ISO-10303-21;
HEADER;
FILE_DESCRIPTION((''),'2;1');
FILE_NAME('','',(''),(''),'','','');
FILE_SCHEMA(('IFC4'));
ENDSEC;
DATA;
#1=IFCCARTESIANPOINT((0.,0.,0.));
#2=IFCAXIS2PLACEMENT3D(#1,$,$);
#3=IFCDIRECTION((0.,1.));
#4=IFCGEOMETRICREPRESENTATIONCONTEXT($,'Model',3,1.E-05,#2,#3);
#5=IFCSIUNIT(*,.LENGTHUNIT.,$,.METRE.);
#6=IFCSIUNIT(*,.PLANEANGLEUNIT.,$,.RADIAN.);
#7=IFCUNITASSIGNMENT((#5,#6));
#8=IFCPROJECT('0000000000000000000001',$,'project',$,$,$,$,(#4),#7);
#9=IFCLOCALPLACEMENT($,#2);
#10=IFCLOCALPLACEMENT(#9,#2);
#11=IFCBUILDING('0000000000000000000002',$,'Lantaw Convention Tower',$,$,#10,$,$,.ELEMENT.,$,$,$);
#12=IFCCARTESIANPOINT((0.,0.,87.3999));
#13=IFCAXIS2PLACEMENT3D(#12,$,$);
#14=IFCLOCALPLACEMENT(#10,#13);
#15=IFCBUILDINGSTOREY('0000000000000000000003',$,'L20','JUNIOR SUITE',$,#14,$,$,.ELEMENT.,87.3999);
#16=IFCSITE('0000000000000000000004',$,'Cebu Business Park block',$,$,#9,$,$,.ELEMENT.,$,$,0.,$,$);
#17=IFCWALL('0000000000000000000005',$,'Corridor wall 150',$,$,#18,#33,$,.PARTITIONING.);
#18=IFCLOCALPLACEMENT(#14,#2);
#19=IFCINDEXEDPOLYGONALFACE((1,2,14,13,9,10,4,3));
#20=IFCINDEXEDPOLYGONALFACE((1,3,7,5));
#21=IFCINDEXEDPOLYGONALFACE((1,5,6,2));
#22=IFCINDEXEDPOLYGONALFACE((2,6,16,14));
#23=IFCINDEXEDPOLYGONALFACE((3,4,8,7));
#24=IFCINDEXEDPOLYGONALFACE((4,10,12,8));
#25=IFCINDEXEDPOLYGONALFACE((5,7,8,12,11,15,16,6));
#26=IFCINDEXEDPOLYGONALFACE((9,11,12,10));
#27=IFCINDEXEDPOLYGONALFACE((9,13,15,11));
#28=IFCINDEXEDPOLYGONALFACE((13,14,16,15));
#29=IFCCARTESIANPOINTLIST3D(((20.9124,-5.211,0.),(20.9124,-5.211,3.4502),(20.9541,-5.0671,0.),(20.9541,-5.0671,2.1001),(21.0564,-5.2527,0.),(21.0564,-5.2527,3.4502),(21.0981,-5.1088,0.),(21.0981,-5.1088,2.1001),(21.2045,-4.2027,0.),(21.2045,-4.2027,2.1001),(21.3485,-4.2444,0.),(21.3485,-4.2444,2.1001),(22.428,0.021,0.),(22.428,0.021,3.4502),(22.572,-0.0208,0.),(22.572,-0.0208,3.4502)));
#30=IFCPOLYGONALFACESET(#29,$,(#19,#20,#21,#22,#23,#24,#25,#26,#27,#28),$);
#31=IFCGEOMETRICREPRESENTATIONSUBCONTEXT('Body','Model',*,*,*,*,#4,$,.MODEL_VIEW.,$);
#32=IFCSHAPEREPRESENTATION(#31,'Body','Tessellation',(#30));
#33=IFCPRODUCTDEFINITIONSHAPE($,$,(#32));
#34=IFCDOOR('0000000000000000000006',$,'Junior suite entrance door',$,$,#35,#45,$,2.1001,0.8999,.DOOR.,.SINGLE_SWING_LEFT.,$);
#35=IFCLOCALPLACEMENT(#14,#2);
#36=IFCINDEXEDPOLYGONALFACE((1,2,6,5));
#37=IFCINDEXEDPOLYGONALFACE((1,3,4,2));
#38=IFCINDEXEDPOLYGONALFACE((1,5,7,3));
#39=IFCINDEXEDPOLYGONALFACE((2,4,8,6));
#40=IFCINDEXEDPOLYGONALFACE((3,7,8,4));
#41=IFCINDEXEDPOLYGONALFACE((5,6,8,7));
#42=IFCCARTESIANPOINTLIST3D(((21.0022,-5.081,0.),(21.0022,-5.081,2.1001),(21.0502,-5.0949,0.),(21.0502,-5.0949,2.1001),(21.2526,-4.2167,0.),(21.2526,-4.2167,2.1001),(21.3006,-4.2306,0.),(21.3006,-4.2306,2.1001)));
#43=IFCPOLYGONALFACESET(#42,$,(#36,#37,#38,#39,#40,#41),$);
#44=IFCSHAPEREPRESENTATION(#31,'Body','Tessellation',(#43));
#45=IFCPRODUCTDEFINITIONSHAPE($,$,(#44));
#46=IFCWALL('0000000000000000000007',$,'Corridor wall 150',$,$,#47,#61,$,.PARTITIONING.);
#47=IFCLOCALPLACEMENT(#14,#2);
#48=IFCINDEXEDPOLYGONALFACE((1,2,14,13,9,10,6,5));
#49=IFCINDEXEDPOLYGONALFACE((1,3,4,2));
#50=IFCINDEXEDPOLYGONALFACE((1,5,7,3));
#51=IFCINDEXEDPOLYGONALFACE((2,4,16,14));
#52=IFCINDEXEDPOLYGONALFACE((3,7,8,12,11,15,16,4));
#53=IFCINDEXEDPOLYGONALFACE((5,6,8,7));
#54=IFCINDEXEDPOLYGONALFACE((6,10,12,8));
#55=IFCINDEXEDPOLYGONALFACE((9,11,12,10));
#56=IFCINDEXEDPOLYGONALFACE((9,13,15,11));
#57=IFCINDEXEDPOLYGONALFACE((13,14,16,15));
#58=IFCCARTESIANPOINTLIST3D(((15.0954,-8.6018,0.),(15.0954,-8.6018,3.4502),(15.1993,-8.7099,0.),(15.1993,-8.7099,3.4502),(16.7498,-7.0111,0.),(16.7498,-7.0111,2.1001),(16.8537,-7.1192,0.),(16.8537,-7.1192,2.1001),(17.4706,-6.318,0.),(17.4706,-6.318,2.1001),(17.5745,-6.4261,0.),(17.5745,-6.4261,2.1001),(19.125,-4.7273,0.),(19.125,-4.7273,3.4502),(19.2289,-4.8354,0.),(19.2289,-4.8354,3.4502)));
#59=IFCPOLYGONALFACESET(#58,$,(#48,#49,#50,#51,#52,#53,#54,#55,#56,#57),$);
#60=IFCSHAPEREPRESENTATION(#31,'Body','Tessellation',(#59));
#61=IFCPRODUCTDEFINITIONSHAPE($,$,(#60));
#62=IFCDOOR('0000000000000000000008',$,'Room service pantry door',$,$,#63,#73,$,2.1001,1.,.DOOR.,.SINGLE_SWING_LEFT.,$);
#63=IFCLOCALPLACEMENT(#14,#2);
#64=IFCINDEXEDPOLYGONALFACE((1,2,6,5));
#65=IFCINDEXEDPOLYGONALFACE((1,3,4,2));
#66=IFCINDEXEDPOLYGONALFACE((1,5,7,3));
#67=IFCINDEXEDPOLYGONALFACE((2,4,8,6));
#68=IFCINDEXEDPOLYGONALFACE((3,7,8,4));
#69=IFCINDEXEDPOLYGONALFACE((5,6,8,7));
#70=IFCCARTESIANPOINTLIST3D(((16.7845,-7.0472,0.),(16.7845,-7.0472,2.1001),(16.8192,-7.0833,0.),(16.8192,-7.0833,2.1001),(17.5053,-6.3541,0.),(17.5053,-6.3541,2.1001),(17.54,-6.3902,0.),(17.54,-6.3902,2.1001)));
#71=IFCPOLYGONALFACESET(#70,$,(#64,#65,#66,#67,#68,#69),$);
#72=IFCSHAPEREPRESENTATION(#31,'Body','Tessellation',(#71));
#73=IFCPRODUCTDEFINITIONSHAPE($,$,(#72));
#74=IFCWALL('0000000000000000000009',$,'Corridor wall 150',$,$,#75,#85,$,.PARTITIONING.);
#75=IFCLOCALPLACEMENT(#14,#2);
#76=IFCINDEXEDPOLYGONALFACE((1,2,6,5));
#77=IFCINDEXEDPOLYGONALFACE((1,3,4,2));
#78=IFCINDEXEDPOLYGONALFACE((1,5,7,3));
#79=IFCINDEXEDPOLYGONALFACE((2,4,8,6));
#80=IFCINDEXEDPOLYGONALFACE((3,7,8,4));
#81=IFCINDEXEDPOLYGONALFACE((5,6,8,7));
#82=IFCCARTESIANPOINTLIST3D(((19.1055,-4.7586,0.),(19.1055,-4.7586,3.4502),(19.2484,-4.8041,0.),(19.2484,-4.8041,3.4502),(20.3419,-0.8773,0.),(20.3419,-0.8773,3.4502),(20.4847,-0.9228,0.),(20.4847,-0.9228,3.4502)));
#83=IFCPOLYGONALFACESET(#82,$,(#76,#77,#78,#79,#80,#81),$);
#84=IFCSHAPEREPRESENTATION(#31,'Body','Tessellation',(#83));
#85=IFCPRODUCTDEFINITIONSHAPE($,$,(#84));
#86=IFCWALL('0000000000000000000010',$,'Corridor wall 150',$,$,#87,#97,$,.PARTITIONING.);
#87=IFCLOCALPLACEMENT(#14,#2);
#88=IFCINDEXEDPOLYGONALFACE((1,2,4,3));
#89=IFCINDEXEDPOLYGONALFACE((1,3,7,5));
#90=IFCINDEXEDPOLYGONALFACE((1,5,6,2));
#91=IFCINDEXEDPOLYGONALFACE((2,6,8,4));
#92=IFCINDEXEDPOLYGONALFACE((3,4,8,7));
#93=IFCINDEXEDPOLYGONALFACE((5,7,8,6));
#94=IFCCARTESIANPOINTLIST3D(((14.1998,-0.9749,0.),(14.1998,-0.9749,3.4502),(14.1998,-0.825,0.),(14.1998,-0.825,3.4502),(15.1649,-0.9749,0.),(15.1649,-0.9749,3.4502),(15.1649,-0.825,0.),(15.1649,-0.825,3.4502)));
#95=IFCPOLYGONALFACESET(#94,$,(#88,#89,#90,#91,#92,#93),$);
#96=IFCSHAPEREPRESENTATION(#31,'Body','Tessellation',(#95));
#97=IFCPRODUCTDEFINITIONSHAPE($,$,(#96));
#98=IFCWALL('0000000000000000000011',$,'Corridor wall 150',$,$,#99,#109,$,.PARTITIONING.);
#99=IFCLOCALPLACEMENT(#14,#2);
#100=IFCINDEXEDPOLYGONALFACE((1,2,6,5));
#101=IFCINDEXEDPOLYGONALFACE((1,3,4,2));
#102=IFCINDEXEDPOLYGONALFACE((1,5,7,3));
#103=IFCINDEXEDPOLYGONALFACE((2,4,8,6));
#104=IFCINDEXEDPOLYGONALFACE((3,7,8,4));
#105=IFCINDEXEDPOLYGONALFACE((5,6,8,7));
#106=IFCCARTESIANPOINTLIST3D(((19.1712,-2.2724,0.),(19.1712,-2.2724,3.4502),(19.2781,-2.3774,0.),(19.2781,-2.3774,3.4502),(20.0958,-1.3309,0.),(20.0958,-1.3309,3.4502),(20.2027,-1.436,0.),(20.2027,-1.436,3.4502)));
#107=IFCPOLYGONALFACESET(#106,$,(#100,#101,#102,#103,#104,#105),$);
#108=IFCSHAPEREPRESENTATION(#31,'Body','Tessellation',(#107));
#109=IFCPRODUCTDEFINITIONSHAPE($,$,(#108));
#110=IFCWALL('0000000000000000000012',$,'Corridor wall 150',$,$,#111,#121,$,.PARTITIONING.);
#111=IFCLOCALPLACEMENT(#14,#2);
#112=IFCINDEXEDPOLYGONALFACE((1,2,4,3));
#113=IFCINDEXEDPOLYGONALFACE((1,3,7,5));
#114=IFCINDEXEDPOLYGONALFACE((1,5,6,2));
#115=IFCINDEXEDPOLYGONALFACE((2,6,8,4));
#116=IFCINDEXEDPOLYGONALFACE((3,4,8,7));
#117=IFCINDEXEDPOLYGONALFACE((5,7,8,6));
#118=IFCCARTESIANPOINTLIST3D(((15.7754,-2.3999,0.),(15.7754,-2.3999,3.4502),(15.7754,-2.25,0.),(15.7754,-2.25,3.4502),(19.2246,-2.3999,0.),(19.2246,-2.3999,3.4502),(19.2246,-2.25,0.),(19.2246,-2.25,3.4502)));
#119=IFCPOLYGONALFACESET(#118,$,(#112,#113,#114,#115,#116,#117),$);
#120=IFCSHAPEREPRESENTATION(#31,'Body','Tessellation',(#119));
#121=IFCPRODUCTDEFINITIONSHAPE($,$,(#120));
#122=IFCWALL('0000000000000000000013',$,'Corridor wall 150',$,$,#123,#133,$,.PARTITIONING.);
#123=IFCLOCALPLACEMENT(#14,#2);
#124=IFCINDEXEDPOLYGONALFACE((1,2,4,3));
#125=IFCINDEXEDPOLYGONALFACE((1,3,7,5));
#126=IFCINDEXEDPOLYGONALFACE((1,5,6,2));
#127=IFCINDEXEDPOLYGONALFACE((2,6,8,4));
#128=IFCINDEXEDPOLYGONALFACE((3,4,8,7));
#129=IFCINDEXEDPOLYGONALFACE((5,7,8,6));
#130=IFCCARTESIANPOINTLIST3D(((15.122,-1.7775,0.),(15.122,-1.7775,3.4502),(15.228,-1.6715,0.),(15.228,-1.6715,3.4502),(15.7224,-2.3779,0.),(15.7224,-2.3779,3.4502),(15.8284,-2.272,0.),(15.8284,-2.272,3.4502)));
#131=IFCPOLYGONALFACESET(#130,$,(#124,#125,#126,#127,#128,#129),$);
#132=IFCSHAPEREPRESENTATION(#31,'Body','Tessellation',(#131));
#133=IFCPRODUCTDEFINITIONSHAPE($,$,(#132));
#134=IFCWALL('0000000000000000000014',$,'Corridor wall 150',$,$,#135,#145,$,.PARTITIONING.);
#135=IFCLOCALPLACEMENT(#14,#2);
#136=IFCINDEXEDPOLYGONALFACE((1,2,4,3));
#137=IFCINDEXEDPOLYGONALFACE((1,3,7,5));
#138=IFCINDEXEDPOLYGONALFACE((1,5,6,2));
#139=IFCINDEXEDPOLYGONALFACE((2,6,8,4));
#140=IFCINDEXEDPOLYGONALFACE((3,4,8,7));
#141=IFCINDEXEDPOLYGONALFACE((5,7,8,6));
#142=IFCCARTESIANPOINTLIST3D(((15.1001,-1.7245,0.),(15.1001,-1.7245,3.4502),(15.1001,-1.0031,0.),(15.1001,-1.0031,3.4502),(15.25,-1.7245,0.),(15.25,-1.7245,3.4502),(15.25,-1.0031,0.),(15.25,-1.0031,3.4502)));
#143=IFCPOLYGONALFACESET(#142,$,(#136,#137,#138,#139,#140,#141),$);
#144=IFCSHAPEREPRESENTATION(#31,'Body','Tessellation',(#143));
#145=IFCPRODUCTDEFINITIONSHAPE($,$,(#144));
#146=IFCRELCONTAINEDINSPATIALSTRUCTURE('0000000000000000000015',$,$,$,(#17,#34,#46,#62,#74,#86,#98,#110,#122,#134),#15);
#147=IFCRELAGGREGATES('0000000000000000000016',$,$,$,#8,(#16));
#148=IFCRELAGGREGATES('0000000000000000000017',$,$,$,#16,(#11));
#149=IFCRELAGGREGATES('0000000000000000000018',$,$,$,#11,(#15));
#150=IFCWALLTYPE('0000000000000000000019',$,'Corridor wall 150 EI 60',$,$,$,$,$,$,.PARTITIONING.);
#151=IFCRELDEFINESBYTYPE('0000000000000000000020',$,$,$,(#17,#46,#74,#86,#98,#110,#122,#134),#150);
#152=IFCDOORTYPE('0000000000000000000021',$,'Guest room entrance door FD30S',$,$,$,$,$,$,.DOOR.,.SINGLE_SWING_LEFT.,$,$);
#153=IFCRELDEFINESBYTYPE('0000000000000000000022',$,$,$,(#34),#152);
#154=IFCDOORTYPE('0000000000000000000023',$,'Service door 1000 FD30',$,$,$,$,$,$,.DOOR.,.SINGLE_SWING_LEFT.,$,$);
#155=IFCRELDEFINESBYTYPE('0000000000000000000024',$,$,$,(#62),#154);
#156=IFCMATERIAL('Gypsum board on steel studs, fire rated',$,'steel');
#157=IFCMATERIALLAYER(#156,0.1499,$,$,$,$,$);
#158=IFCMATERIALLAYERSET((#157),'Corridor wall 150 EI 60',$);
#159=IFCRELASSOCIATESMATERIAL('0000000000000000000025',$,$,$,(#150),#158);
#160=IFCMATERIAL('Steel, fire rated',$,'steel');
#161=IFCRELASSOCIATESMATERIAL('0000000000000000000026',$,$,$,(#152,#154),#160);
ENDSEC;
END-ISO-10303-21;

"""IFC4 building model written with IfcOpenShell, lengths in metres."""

from ifc_helpers import new_model, si_unit, direction, frame, frame_2d, origin, place, context, subcontext, project, spatial, rectangle, extrude, material, layer, layer_set, type_object, element, fill, save


model = new_model("IFC4")

# Units and contexts
model_context = context("Model", 3, precision=1e-05, world=origin(), true_north=direction((0.0, 1.0)))
body_context = subcontext(model_context, "Body", "Model", "MODEL_VIEW")
ifc_project = project(units=[si_unit("LENGTHUNIT", "METRE"), si_unit("PLANEANGLEUNIT", "RADIAN")], contexts=[model_context])

# Site, building, storey
site_placement = place(None, origin())
site = spatial("IfcSite", under=ifc_project, at=site_placement, Name="Cebu Business Park block", CompositionType="ELEMENT", RefElevation=0.0)
building_placement = place(site_placement, origin())
building = spatial("IfcBuilding", under=site, at=building_placement, Name="Lantaw Convention Tower", CompositionType="ELEMENT")
storey_placement = place(building_placement, frame((0.0, 0.0, 87.3999)))
storey = spatial("IfcBuildingStorey", under=building, at=storey_placement, Name="L20", Description="JUNIOR SUITE", CompositionType="ELEMENT", Elevation=87.3999)

# Shared definitions
ifc_material_1 = material(Name="Gypsum board on steel studs, fire rated", Category="steel")
ifc_layer_1 = layer(ifc_material_1, 0.1499)
ifc_layer_set_1 = layer_set([ifc_layer_1], Name="Corridor wall 150 EI 60")
wall_type_1 = type_object("IfcWallType", Name="Corridor wall 150 EI 60", PredefinedType="PARTITIONING", material=ifc_layer_set_1)

# Walls, openings, doors
wall_1_placement = place(storey_placement, frame((20.9844, -5.2319, 0.0), z_axis=(0.0, 0.0, 1.0), x_axis=(0.278247, 0.960509, 0.0)))
wall_1 = element("IfcWall", 1, at=wall_1_placement, inside=storey, type_object=wall_type_1, Name="Corridor wall 150", PredefinedType="PARTITIONING", context=body_context, shape_type="SweptSolid", body=[
    extrude(rectangle(XDim=5.447, YDim=0.1499, at=frame_2d((2.7236, 0.0))), origin(), (0.0, 0.0, 1.0), 3.4502),
])
opening_1_placement = place(wall_1_placement, frame((0.1499, 0.0, 0.0)))
opening_1 = element("IfcOpeningElement", 2, at=opening_1_placement, cuts=wall_1, PredefinedType="OPENING", context=body_context, shape_type="SweptSolid", body=[
    extrude(rectangle(XDim=0.8999, YDim=2.1001, at=frame_2d((0.45, 1.05))), frame((0.0, 0.085, 0.0), z_axis=(0.0, -1.0, 0.0), x_axis=(1.0, 0.0, 0.0)), (0.0, 0.0, 1.0), 0.1699),
])
ifc_material_2 = material(Name="Steel, fire rated", Category="steel")
door_type_1 = type_object("IfcDoorType", Name="Guest room entrance door FD30S", OperationType="SINGLE_SWING_LEFT", PredefinedType="DOOR", material=ifc_material_2)
door_1_placement = place(opening_1_placement, origin())
door_1 = element("IfcDoor", 3, at=door_1_placement, inside=storey, type_object=door_type_1, Name="Junior suite entrance door", OperationType="SINGLE_SWING_LEFT", OverallHeight=2.1001, OverallWidth=0.8999, PredefinedType="DOOR", context=body_context, shape_type="SweptSolid", body=[
    extrude(rectangle(XDim=0.8999, YDim=2.1001, at=frame_2d((0.45, 1.05))), frame((0.0, 0.0249, 0.0), z_axis=(0.0, -1.0, 0.0), x_axis=(1.0, 0.0, 0.0)), (0.0, 0.0, 1.0), 0.05),
])
fill(opening_1, door_1)
wall_2_placement = place(storey_placement, frame((15.1475, -8.6558, 0.0), z_axis=(0.0, 0.0, 1.0), x_axis=(0.720837, 0.693104, 0.0)))
wall_2 = element("IfcWall", 4, at=wall_2_placement, inside=storey, type_object=wall_type_1, Name="Corridor wall 150", PredefinedType="PARTITIONING", context=body_context, shape_type="SweptSolid", body=[
    extrude(rectangle(XDim=5.5901, YDim=0.1499, at=frame_2d((2.7949, 0.0))), origin(), (0.0, 0.0, 1.0), 3.4502),
])
opening_2_placement = place(wall_2_placement, frame((2.2949, 0.0, 0.0)))
opening_2 = element("IfcOpeningElement", 5, at=opening_2_placement, cuts=wall_2, PredefinedType="OPENING", context=body_context, shape_type="SweptSolid", body=[
    extrude(rectangle(XDim=1.0, YDim=2.1001, at=frame_2d((0.5, 1.05))), frame((0.0, 0.085, 0.0), z_axis=(0.0, -1.0, 0.0), x_axis=(1.0, 0.0, 0.0)), (0.0, 0.0, 1.0), 0.1699),
])
door_type_2 = type_object("IfcDoorType", Name="Service door 1000 FD30", OperationType="SINGLE_SWING_LEFT", PredefinedType="DOOR", material=ifc_material_2)
door_2_placement = place(opening_2_placement, origin())
door_2 = element("IfcDoor", 6, at=door_2_placement, inside=storey, type_object=door_type_2, Name="Room service pantry door", OperationType="SINGLE_SWING_LEFT", OverallHeight=2.1001, OverallWidth=1.0, PredefinedType="DOOR", context=body_context, shape_type="SweptSolid", body=[
    extrude(rectangle(XDim=1.0, YDim=2.1001, at=frame_2d((0.5, 1.05))), frame((0.0, 0.0249, 0.0), z_axis=(0.0, -1.0, 0.0), x_axis=(1.0, 0.0, 0.0)), (0.0, 0.0, 1.0), 0.05),
])
fill(opening_2, door_2)

# Walls
wall_3_placement = place(storey_placement, frame((19.177, -4.7812, 0.0), z_axis=(0.0, 0.0, 1.0), x_axis=(0.303505, 0.95283, 0.0)))
element("IfcWall", 7, at=wall_3_placement, inside=storey, type_object=wall_type_1, Name="Corridor wall 150", PredefinedType="PARTITIONING", context=body_context, shape_type="SweptSolid", body=[
    extrude(rectangle(XDim=4.0735, YDim=0.1499, at=frame_2d((2.0366, 0.0))), origin(), (0.0, 0.0, 1.0), 3.4502),
])
wall_4_placement = place(storey_placement, frame((14.2, -0.8999, 0.0), z_axis=(0.0, 0.0, 1.0), x_axis=(1.0, 0.0, 0.0)))
element("IfcWall", 8, at=wall_4_placement, inside=storey, type_object=wall_type_1, Name="Corridor wall 150", PredefinedType="PARTITIONING", context=body_context, shape_type="SweptSolid", body=[
    extrude(rectangle(XDim=0.9651, YDim=0.1499, at=frame_2d((0.4824, 0.0))), origin(), (0.0, 0.0, 1.0), 3.4502),
])
wall_5_placement = place(storey_placement, frame((20.1492, -1.3835, 0.0), z_axis=(0.0, 0.0, 1.0), x_axis=(-0.700695, -0.713461, 0.0)))
element("IfcWall", 9, at=wall_5_placement, inside=storey, type_object=wall_type_1, Name="Corridor wall 150", PredefinedType="PARTITIONING", context=body_context, shape_type="SweptSolid", body=[
    extrude(rectangle(XDim=1.3196, YDim=0.1499, at=frame_2d((0.6597, 0.0))), origin(), (0.0, 0.0, 1.0), 3.4502),
])
wall_6_placement = place(storey_placement, frame((19.2246, -2.325, 0.0), z_axis=(0.0, 0.0, 1.0), x_axis=(-1.0, 0.0, 0.0)))
element("IfcWall", 10, at=wall_6_placement, inside=storey, type_object=wall_type_1, Name="Corridor wall 150", PredefinedType="PARTITIONING", context=body_context, shape_type="SweptSolid", body=[
    extrude(rectangle(XDim=3.4492, YDim=0.1499, at=frame_2d((1.7246, 0.0))), origin(), (0.0, 0.0, 1.0), 3.4502),
])
wall_7_placement = place(storey_placement, frame((15.7754, -2.325, 0.0), z_axis=(0.0, 0.0, 1.0), x_axis=(-0.707107, 0.707107, 0.0)))
element("IfcWall", 11, at=wall_7_placement, inside=storey, type_object=wall_type_1, Name="Corridor wall 150", PredefinedType="PARTITIONING", context=body_context, shape_type="SweptSolid", body=[
    extrude(rectangle(XDim=0.8491, YDim=0.1499, at=frame_2d((0.4246, 0.0))), origin(), (0.0, 0.0, 1.0), 3.4502),
])
wall_8_placement = place(storey_placement, frame((15.175, -1.7246, 0.0), z_axis=(0.0, 0.0, 1.0), x_axis=(0.0, 1.0, 0.0)))
element("IfcWall", 12, at=wall_8_placement, inside=storey, type_object=wall_type_1, Name="Corridor wall 150", PredefinedType="PARTITIONING", context=body_context, shape_type="SweptSolid", body=[
    extrude(rectangle(XDim=0.7214, YDim=0.1499, at=frame_2d((0.3608, 0.0))), origin(), (0.0, 0.0, 1.0), 3.4502),
])

save(model, "model.ifc")
